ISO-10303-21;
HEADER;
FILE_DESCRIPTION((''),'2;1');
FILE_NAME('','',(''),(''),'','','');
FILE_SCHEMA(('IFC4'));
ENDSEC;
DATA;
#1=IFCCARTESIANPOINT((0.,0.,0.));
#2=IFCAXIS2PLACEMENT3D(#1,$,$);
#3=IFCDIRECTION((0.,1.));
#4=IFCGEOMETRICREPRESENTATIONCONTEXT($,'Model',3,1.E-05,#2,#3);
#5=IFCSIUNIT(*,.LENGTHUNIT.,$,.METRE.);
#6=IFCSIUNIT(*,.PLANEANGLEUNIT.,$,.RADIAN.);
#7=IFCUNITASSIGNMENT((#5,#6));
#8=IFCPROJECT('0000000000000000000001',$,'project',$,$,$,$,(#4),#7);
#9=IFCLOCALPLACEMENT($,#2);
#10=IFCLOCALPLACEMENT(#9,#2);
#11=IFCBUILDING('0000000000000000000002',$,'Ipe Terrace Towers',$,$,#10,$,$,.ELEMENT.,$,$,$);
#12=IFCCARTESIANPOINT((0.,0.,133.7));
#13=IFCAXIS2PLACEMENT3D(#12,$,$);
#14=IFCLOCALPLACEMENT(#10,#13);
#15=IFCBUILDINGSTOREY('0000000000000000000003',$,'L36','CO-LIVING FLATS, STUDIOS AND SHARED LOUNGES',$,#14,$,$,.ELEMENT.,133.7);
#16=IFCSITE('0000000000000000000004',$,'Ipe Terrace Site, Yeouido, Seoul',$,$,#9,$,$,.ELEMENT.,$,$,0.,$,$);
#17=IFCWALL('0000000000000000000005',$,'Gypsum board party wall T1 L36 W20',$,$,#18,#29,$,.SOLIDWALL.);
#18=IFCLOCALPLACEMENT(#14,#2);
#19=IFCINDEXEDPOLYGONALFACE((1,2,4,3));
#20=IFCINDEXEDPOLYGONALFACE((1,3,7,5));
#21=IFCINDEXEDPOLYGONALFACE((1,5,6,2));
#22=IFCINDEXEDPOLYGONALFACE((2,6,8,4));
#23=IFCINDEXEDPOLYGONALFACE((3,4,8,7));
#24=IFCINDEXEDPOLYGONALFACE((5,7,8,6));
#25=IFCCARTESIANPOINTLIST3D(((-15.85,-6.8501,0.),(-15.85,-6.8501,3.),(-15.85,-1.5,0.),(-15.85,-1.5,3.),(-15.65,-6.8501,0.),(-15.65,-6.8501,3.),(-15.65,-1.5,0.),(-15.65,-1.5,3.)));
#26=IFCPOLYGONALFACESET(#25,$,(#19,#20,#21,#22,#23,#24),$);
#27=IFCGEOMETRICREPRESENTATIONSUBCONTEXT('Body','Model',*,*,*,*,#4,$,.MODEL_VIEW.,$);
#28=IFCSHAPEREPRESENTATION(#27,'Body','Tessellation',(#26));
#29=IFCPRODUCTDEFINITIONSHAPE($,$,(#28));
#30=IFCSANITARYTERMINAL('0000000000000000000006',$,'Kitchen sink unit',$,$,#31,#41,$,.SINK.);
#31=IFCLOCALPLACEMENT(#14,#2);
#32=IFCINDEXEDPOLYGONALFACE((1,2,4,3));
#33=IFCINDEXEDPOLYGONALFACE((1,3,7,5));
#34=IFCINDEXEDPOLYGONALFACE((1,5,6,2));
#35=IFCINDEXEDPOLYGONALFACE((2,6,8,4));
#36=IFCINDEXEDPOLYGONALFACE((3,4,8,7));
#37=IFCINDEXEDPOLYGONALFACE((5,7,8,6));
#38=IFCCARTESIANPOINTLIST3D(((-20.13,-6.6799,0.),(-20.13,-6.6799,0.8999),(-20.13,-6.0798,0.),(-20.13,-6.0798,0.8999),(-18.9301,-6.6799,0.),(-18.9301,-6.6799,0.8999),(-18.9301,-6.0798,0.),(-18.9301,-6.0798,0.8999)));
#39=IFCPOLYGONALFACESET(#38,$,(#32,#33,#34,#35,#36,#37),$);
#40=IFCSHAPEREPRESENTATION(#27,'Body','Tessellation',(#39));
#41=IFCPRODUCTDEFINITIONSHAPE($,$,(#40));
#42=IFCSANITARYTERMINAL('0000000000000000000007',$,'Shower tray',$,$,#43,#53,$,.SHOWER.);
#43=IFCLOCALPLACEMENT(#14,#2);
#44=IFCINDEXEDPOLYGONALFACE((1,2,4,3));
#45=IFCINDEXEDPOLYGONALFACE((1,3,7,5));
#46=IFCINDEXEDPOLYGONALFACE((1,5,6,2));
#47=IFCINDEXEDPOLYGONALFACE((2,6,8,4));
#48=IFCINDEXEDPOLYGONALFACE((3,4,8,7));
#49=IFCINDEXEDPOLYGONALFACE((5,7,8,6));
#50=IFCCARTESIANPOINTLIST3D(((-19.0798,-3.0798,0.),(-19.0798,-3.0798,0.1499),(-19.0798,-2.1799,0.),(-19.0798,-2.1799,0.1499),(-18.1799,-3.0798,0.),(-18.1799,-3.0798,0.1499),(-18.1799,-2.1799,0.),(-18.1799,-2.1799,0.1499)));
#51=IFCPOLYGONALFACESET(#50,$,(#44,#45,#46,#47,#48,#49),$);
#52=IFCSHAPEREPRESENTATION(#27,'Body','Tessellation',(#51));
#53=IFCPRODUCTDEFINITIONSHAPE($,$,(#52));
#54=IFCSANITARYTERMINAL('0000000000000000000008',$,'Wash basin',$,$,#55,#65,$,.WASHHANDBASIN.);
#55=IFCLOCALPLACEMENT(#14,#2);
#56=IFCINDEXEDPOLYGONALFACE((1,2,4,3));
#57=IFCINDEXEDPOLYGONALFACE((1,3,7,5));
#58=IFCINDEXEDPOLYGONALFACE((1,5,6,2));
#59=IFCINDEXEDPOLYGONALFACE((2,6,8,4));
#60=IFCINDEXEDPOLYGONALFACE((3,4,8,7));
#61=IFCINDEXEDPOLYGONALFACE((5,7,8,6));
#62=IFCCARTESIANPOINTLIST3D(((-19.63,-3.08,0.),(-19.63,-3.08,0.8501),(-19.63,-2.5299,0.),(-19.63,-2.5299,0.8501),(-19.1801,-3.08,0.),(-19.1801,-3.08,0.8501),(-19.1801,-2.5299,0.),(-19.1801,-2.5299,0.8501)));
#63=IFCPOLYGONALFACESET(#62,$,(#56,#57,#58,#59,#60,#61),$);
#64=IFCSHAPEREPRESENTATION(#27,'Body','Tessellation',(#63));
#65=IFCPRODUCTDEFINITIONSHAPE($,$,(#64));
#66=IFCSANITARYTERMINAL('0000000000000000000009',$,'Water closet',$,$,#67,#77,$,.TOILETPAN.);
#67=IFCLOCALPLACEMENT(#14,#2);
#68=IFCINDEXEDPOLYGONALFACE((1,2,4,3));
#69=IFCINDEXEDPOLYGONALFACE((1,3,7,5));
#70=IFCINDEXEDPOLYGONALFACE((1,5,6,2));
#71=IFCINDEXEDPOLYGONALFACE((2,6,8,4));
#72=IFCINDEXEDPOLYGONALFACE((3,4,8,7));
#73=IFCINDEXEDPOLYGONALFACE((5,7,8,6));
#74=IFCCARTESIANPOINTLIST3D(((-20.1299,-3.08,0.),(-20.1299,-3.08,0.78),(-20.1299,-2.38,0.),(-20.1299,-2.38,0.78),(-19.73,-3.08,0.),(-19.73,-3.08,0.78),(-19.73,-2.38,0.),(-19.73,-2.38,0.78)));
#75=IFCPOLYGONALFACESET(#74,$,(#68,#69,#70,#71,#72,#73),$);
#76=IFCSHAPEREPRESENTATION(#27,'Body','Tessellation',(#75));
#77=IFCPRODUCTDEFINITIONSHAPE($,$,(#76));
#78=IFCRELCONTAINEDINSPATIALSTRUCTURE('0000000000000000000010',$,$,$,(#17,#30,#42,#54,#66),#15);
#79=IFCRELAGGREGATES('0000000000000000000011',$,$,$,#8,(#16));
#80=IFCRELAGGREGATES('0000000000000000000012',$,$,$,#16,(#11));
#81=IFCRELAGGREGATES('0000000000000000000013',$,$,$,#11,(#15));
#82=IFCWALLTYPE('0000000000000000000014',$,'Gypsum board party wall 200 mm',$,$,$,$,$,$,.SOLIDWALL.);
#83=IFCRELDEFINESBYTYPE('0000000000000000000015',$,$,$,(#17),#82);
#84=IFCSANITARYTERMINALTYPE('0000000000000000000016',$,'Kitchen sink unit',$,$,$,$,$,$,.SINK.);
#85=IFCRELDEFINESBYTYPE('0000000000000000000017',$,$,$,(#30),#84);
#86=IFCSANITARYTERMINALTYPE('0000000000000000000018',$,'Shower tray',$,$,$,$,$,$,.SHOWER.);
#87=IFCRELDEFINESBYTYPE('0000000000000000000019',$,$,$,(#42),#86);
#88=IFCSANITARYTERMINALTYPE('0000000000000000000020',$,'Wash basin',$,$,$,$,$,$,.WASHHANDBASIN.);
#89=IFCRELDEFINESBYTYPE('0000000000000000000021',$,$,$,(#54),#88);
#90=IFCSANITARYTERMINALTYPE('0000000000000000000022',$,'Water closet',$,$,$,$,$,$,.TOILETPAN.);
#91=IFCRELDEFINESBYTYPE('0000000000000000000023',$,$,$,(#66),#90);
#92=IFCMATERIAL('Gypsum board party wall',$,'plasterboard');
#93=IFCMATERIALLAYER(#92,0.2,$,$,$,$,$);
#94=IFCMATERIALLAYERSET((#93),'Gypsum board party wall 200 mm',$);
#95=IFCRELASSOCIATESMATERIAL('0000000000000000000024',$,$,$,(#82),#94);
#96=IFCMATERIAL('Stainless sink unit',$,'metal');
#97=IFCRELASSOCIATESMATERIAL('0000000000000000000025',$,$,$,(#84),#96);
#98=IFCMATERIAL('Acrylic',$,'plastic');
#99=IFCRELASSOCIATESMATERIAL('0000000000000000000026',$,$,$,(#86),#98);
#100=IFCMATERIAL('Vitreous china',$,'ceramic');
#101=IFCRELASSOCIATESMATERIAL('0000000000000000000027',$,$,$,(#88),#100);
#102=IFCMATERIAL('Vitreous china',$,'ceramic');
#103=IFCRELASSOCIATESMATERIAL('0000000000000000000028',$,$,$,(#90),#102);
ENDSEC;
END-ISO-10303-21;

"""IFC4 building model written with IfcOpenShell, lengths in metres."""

from ifc_helpers import new_model, si_unit, direction, frame, frame_2d, origin, origin_2d, place, context, subcontext, project, spatial, rectangle, extrude, material, layer, layer_set, type_object, element, save


model = new_model("IFC4")

# Units and contexts
model_context = context("Model", 3, precision=1e-05, world=origin(), true_north=direction((0.0, 1.0)))
body_context = subcontext(model_context, "Body", "Model", "MODEL_VIEW")
ifc_project = project(units=[si_unit("LENGTHUNIT", "METRE"), si_unit("PLANEANGLEUNIT", "RADIAN")], contexts=[model_context])

# Site, building, storey
site_placement = place(None, origin())
site = spatial("IfcSite", under=ifc_project, at=site_placement, Name="Ipe Terrace Site, Yeouido, Seoul", CompositionType="ELEMENT", RefElevation=0.0)
building_placement = place(site_placement, origin())
building = spatial("IfcBuilding", under=site, at=building_placement, Name="Ipe Terrace Towers", CompositionType="ELEMENT")
storey_placement = place(building_placement, frame((0.0, 0.0, 133.7)))
storey = spatial("IfcBuildingStorey", under=building, at=storey_placement, Name="L36", Description="CO-LIVING FLATS, STUDIOS AND SHARED LOUNGES", CompositionType="ELEMENT", Elevation=133.7)

# Wall
ifc_material_1 = material(Name="Gypsum board party wall", Category="plasterboard")
ifc_layer_1 = layer(ifc_material_1, 0.2)
ifc_layer_set_1 = layer_set([ifc_layer_1], Name="Gypsum board party wall 200 mm")
wall_type_1 = type_object("IfcWallType", Name="Gypsum board party wall 200 mm", PredefinedType="SOLIDWALL", material=ifc_layer_set_1)
wall_1_placement = place(storey_placement, frame((-15.75, -6.8501, 0.0), z_axis=(0.0, 0.0, 1.0), x_axis=(0.0, 1.0, 0.0)))
element("IfcWall", 1, at=wall_1_placement, inside=storey, type_object=wall_type_1, Name="Gypsum board party wall T1 L36 W20", PredefinedType="SOLIDWALL", context=body_context, shape_type="SweptSolid", body=[
    extrude(rectangle(XDim=5.3501, YDim=0.2, at=frame_2d((2.675, 0.0))), origin(), (0.0, 0.0, 1.0), 3.0),
])

# Sanitary terminals
ifc_material_2 = material(Name="Stainless sink unit", Category="metal")
sanitary_terminal_type_1 = type_object("IfcSanitaryTerminalType", Name="Kitchen sink unit", PredefinedType="SINK", material=ifc_material_2)
sanitary_terminal_1_placement = place(storey_placement, frame((-19.53, -6.3799, 0.0), z_axis=(0.0, 0.0, 1.0), x_axis=(-1.0, 0.0, 0.0)))
element("IfcSanitaryTerminal", 2, at=sanitary_terminal_1_placement, inside=storey, type_object=sanitary_terminal_type_1, Name="Kitchen sink unit", PredefinedType="SINK", context=body_context, shape_type="SweptSolid", body=[
    extrude(rectangle(XDim=1.2, YDim=0.6001, at=origin_2d()), origin(), (0.0, 0.0, 1.0), 0.8999),
])
ifc_material_3 = material(Name="Acrylic", Category="plastic")
sanitary_terminal_type_2 = type_object("IfcSanitaryTerminalType", Name="Shower tray", PredefinedType="SHOWER", material=ifc_material_3)
sanitary_terminal_2_placement = place(storey_placement, frame((-18.6299, -2.6299, 0.0), z_axis=(0.0, 0.0, 1.0), x_axis=(0.0, 1.0, 0.0)))
element("IfcSanitaryTerminal", 3, at=sanitary_terminal_2_placement, inside=storey, type_object=sanitary_terminal_type_2, Name="Shower tray", PredefinedType="SHOWER", context=body_context, shape_type="SweptSolid", body=[
    extrude(rectangle(XDim=0.8999, YDim=0.8999, at=origin_2d()), origin(), (0.0, 0.0, 1.0), 0.1499),
])
ifc_material_4 = material(Name="Vitreous china", Category="ceramic")
sanitary_terminal_type_3 = type_object("IfcSanitaryTerminalType", Name="Wash basin", PredefinedType="WASHHANDBASIN", material=ifc_material_4)
sanitary_terminal_3_placement = place(storey_placement, frame((-19.405, -2.8049, 0.0), z_axis=(0.0, 0.0, 1.0), x_axis=(0.0, 1.0, 0.0)))
element("IfcSanitaryTerminal", 4, at=sanitary_terminal_3_placement, inside=storey, type_object=sanitary_terminal_type_3, Name="Wash basin", PredefinedType="WASHHANDBASIN", context=body_context, shape_type="SweptSolid", body=[
    extrude(rectangle(XDim=0.55, YDim=0.45, at=origin_2d()), origin(), (0.0, 0.0, 1.0), 0.8501),
])
ifc_material_5 = material(Name="Vitreous china", Category="ceramic")
sanitary_terminal_type_4 = type_object("IfcSanitaryTerminalType", Name="Water closet", PredefinedType="TOILETPAN", material=ifc_material_5)
sanitary_terminal_4_placement = place(storey_placement, frame((-19.9299, -2.73, 0.0), z_axis=(0.0, 0.0, 1.0), x_axis=(0.0, 1.0, 0.0)))
element("IfcSanitaryTerminal", 5, at=sanitary_terminal_4_placement, inside=storey, type_object=sanitary_terminal_type_4, Name="Water closet", PredefinedType="TOILETPAN", context=body_context, shape_type="SweptSolid", body=[
    extrude(rectangle(XDim=0.7, YDim=0.3999, at=origin_2d()), origin(), (0.0, 0.0, 1.0), 0.78),
])

save(model, "model.ifc")
